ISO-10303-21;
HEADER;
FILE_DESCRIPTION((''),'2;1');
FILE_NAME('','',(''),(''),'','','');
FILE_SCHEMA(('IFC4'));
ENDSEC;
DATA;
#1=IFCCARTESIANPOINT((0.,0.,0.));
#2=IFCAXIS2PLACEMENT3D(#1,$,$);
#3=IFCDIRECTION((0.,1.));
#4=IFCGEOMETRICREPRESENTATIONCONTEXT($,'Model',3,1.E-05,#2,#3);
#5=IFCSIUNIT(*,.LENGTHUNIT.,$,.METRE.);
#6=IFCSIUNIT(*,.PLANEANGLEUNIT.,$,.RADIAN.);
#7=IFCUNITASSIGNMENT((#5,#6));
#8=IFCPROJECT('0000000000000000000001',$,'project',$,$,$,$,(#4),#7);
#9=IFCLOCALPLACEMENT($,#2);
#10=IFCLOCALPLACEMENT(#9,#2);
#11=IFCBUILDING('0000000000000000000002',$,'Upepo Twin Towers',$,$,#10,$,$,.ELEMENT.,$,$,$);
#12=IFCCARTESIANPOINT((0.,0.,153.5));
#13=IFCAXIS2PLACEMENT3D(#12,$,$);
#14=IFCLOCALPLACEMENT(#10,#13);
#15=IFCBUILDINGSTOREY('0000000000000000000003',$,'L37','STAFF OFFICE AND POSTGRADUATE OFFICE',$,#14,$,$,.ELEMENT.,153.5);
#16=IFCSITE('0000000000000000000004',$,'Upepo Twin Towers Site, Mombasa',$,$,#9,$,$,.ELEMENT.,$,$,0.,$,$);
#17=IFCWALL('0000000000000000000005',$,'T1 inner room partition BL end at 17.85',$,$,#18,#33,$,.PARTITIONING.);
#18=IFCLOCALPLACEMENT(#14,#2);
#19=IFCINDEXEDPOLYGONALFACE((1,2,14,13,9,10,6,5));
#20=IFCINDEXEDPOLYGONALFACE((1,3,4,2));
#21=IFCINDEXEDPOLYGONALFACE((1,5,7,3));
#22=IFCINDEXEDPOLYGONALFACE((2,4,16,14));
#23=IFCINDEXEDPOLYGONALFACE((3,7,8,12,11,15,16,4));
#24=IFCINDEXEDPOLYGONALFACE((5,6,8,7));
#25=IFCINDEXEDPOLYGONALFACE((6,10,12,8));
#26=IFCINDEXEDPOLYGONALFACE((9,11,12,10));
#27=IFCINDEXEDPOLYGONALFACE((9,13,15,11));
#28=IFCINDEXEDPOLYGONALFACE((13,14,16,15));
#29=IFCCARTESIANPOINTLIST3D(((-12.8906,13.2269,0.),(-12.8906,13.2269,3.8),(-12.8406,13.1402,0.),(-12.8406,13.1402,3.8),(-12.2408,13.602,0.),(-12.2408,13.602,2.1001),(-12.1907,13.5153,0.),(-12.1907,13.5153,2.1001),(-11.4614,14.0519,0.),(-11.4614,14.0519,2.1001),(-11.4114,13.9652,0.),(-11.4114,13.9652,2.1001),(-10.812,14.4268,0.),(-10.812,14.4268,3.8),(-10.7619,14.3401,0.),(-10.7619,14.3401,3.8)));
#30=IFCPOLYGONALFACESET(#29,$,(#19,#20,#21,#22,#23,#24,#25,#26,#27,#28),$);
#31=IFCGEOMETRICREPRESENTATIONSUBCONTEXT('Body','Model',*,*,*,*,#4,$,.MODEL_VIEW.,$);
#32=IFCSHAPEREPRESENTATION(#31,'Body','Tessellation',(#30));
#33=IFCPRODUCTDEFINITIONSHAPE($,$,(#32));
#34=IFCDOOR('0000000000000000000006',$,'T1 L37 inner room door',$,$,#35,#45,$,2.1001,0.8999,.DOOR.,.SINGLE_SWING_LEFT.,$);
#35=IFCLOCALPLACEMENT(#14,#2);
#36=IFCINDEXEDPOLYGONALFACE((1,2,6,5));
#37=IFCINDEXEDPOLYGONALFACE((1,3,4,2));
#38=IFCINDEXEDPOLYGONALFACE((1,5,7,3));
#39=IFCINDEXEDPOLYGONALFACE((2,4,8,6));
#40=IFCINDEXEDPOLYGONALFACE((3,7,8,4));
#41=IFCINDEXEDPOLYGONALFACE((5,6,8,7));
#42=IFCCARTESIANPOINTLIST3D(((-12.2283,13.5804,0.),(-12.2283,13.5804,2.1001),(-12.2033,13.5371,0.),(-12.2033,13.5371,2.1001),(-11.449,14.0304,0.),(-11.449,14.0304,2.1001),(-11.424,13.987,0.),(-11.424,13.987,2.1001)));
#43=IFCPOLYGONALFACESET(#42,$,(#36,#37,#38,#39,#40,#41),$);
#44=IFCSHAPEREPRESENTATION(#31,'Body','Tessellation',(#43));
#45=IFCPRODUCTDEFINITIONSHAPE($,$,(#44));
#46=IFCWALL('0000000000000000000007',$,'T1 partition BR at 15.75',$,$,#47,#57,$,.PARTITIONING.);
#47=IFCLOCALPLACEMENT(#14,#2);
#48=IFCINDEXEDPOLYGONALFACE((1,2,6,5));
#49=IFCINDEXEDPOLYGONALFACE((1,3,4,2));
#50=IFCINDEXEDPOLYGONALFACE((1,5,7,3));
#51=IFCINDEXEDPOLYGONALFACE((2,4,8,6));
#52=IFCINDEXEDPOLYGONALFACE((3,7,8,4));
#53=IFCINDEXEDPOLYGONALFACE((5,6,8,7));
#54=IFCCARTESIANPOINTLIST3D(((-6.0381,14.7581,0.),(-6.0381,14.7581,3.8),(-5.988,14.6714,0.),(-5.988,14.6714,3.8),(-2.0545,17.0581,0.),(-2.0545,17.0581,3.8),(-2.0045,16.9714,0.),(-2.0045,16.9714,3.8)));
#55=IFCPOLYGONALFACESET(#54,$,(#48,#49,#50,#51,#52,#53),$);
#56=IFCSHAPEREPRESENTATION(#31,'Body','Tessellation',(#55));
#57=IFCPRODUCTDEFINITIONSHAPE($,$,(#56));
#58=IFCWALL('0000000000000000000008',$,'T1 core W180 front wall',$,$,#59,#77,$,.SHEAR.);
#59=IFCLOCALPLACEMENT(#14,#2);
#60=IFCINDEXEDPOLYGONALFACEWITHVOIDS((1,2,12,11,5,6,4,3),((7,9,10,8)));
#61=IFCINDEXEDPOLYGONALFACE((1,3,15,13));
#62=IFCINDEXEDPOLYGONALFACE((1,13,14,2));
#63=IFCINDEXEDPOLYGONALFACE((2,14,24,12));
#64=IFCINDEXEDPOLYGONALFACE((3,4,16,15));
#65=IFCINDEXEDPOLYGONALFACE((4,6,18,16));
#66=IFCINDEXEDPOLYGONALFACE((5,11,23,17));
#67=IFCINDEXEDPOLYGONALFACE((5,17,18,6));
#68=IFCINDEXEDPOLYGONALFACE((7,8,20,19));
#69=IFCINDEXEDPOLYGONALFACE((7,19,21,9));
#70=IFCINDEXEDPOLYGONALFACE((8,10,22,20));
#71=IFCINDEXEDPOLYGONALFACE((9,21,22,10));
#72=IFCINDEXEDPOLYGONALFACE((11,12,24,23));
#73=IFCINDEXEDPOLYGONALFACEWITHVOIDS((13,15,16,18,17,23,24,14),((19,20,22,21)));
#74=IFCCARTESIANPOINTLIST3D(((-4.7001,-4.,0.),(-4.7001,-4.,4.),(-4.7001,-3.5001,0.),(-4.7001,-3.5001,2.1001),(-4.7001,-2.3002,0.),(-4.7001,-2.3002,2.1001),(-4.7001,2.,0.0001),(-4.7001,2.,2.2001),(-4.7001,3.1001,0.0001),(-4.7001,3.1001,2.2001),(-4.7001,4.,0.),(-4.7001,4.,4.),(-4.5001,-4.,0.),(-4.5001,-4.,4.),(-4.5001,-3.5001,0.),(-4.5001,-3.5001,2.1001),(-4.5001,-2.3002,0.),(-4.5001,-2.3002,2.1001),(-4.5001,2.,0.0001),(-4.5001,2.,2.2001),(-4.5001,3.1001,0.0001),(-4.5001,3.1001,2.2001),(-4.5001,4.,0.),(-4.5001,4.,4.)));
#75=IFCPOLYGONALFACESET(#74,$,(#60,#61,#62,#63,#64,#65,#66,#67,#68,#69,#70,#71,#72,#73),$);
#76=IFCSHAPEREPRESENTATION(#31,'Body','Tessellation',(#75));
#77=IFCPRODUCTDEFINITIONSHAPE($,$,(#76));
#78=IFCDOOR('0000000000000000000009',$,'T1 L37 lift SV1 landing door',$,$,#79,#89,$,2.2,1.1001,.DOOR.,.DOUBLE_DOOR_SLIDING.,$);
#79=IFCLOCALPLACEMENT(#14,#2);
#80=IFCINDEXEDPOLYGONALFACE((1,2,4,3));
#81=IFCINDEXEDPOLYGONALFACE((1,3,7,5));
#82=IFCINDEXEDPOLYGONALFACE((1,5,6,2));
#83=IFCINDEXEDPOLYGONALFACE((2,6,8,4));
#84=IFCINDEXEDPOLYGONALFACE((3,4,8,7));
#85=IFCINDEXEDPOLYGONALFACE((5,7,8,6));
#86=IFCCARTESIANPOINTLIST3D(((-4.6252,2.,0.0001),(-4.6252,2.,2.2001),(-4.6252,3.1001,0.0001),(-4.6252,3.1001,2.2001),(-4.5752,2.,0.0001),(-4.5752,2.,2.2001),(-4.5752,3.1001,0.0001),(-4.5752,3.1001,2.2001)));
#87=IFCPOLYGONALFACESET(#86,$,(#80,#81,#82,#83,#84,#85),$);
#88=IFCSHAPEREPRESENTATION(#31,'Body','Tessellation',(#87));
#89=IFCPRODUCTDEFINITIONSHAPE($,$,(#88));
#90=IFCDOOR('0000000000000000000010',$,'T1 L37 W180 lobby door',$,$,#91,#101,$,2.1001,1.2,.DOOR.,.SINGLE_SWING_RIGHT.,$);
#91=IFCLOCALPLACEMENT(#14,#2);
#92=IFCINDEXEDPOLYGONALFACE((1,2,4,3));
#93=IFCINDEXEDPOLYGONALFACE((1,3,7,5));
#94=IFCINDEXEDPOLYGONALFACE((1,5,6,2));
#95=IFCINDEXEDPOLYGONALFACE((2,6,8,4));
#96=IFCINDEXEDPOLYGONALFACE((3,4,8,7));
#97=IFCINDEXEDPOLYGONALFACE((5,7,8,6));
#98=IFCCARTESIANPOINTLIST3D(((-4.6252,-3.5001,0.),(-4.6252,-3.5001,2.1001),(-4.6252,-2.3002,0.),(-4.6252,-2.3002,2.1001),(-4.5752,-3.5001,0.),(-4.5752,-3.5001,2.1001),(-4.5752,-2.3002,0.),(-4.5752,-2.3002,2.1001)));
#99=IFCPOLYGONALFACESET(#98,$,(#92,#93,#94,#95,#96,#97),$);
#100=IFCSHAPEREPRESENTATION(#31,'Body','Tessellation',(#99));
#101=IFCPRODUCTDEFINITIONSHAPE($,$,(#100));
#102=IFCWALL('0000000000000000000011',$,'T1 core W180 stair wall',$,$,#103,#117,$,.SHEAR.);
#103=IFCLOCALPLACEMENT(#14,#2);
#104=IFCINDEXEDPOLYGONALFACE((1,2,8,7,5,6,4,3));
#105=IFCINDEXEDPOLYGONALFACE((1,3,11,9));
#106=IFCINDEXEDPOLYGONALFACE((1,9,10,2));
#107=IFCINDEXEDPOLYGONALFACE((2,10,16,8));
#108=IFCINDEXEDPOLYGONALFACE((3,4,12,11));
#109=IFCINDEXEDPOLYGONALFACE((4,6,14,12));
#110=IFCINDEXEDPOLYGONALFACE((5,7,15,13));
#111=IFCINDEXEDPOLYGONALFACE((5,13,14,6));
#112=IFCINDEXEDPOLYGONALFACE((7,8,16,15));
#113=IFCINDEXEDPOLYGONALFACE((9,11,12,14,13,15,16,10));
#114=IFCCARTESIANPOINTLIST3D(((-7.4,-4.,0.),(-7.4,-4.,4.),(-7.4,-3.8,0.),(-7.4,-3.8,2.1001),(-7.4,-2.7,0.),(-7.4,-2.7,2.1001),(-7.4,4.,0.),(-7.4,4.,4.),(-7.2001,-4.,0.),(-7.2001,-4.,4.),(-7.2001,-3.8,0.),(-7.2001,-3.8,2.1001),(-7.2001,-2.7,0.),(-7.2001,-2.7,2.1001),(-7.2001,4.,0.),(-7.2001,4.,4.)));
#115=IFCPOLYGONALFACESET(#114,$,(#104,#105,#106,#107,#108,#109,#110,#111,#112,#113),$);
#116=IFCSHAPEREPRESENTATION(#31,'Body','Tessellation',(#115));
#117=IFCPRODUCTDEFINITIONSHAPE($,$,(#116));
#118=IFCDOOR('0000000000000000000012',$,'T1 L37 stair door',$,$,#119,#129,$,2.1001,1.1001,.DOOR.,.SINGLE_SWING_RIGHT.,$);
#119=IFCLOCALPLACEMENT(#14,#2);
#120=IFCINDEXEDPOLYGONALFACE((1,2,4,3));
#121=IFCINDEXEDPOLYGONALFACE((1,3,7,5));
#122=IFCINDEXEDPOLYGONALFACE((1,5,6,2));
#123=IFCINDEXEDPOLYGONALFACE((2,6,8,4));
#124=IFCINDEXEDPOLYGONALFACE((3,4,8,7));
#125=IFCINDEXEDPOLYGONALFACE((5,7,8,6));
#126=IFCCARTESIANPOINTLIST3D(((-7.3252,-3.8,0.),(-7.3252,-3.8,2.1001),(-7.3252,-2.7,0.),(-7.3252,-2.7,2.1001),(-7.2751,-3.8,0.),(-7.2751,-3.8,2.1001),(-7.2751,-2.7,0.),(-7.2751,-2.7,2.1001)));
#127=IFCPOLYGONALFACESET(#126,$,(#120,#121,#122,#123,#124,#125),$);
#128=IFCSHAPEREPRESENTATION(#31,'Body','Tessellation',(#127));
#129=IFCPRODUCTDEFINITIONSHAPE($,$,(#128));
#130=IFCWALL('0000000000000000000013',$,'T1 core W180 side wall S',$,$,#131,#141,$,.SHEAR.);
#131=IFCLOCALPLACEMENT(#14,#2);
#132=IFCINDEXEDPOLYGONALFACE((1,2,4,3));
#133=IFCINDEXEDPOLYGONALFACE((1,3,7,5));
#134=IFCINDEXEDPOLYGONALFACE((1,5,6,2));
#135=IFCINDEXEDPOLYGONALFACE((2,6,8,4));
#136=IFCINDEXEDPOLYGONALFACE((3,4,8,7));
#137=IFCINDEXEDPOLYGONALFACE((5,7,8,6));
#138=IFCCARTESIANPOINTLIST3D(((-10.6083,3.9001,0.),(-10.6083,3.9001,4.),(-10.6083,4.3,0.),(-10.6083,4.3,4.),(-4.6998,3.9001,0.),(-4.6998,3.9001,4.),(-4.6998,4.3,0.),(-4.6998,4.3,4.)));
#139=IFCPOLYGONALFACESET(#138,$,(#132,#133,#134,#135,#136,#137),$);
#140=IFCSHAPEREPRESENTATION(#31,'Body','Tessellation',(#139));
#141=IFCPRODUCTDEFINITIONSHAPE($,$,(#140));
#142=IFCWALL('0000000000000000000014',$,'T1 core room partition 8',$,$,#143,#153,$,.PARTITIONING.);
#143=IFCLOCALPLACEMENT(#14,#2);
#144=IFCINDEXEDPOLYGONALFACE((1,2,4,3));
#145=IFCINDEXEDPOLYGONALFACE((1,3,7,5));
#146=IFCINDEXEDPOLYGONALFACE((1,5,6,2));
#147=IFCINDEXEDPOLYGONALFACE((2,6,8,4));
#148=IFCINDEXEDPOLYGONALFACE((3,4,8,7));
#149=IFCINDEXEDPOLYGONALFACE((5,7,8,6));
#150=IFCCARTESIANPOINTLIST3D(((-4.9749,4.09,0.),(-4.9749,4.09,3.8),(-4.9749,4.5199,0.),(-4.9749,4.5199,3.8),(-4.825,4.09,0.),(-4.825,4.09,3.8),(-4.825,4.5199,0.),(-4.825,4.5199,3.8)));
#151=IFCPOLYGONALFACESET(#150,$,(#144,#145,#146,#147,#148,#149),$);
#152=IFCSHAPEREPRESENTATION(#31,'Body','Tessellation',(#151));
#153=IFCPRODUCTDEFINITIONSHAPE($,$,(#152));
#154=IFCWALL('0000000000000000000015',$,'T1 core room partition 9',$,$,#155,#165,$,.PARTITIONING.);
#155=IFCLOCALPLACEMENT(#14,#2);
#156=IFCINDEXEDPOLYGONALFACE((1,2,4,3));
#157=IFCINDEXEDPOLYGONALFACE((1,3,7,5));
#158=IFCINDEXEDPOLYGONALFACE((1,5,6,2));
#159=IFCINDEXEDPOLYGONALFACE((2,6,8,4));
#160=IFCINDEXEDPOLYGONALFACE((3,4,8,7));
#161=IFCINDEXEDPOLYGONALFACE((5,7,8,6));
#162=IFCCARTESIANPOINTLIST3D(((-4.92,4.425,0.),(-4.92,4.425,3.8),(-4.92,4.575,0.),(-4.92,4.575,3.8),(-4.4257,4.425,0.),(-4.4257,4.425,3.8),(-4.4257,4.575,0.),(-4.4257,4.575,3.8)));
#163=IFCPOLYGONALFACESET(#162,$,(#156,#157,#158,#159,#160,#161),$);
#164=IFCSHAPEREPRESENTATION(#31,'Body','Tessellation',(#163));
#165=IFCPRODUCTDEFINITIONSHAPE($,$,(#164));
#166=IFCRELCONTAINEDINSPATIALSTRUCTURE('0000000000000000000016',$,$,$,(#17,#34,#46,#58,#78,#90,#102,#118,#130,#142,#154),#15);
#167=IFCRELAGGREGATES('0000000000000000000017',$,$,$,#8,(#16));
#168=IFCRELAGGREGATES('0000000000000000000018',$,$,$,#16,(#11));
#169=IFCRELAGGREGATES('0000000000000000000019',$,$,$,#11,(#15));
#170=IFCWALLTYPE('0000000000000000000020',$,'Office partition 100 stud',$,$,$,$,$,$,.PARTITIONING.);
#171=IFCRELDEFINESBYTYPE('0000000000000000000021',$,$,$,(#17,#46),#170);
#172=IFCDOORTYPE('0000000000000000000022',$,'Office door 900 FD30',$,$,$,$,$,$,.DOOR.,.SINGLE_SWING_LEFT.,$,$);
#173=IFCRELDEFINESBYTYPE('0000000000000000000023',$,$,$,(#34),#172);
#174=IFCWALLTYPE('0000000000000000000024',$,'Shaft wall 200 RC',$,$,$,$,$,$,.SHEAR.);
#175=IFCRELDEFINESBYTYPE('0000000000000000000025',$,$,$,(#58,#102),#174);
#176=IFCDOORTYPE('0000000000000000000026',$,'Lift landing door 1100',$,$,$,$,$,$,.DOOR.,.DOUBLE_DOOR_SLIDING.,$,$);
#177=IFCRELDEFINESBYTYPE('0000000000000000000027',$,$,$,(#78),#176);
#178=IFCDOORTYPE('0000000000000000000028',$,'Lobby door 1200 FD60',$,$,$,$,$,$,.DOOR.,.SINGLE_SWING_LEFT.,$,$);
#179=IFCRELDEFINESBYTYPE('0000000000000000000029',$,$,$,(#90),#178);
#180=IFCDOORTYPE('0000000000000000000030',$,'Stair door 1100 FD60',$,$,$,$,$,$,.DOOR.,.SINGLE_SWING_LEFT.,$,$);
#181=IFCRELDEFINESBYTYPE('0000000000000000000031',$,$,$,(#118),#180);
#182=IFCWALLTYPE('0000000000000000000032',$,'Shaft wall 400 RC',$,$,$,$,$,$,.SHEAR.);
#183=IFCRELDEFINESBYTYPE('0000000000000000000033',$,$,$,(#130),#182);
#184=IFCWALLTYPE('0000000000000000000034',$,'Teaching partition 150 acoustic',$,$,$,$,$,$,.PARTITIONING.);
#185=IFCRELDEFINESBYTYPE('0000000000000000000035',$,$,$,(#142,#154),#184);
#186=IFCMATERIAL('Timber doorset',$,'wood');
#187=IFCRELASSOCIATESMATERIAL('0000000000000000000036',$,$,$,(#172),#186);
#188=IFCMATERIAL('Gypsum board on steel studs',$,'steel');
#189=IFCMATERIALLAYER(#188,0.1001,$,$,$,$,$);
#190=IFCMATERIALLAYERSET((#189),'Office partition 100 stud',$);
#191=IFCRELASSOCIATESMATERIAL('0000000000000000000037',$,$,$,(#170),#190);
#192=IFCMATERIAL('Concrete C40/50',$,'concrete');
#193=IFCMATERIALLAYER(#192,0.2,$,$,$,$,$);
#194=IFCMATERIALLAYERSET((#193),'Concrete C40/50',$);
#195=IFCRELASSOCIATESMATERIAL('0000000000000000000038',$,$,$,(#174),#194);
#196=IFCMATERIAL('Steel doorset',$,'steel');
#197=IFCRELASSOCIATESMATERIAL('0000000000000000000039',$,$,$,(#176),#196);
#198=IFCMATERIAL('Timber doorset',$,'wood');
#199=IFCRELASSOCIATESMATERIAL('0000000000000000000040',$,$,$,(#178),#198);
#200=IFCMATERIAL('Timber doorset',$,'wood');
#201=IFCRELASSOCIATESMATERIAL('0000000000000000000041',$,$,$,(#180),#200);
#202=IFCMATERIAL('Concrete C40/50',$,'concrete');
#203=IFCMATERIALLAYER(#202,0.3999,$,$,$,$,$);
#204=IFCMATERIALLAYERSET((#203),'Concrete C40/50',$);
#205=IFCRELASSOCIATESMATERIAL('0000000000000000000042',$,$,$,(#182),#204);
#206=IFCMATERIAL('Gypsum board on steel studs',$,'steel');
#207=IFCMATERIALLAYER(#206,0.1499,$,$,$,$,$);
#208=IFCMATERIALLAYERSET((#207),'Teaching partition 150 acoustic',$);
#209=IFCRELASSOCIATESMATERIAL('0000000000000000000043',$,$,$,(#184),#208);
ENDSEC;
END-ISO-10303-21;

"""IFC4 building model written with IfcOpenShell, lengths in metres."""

from ifc_helpers import new_model, si_unit, direction, frame, frame_2d, origin, place, context, subcontext, project, spatial, rectangle, extrude, material, layer, layer_set, type_object, element, fill, save


model = new_model("IFC4")

# Units and contexts
model_context = context("Model", 3, precision=1e-05, world=origin(), true_north=direction((0.0, 1.0)))
body_context = subcontext(model_context, "Body", "Model", "MODEL_VIEW")
ifc_project = project(units=[si_unit("LENGTHUNIT", "METRE"), si_unit("PLANEANGLEUNIT", "RADIAN")], contexts=[model_context])

# Site, building, storey
site_placement = place(None, origin())
site = spatial("IfcSite", under=ifc_project, at=site_placement, Name="Upepo Twin Towers Site, Mombasa", CompositionType="ELEMENT", RefElevation=0.0)
building_placement = place(site_placement, origin())
building = spatial("IfcBuilding", under=site, at=building_placement, Name="Upepo Twin Towers", CompositionType="ELEMENT")
storey_placement = place(building_placement, frame((0.0, 0.0, 153.5)))
storey = spatial("IfcBuildingStorey", under=building, at=storey_placement, Name="L37", Description="STAFF OFFICE AND POSTGRADUATE OFFICE", CompositionType="ELEMENT", Elevation=153.5)

# Shared definitions
ifc_material_1 = material(Name="Timber doorset", Category="wood")
door_type_1 = type_object("IfcDoorType", Name="Office door 900 FD30", OperationType="SINGLE_SWING_LEFT", PredefinedType="DOOR", material=ifc_material_1)

# Shared definitions
ifc_material_2 = material(Name="Gypsum board on steel studs", Category="steel")
ifc_layer_1 = layer(ifc_material_2, 0.1001)
ifc_layer_set_1 = layer_set([ifc_layer_1], Name="Office partition 100 stud")
wall_type_1 = type_object("IfcWallType", Name="Office partition 100 stud", PredefinedType="PARTITIONING", material=ifc_layer_set_1)

# Wall, opening, door
wall_1_placement = place(storey_placement, frame((-10.7869, 14.3835, 0.0), z_axis=(0.0, 0.0, 1.0), x_axis=(-0.86605, -0.499957, 0.0)))
wall_1 = element("IfcWall", 1, at=wall_1_placement, inside=storey, type_object=wall_type_1, Name="T1 inner room partition BL end at 17.85", PredefinedType="PARTITIONING", context=body_context, shape_type="SweptSolid", body=[
    extrude(rectangle(XDim=2.4001, YDim=0.1001, at=frame_2d((1.2002, 0.0))), origin(), (0.0, 0.0, 1.0), 3.8),
])
opening_1_placement = place(wall_1_placement, frame((0.75, 0.0, 0.0)))
opening_1 = element("IfcOpeningElement", 2, at=opening_1_placement, cuts=wall_1, PredefinedType="OPENING", context=body_context, shape_type="SweptSolid", body=[
    extrude(rectangle(XDim=0.8999, YDim=2.1001, at=frame_2d((0.45, 1.05))), frame((0.0, 0.0601, 0.0), z_axis=(0.0, -1.0, 0.0), x_axis=(1.0, 0.0, 0.0)), (0.0, 0.0, 1.0), 0.1201),
])
door_1_placement = place(opening_1_placement, origin())
door_1 = element("IfcDoor", 3, at=door_1_placement, inside=storey, type_object=door_type_1, Name="T1 L37 inner room door", OperationType="SINGLE_SWING_LEFT", OverallHeight=2.1001, OverallWidth=0.8999, PredefinedType="DOOR", context=body_context, shape_type="SweptSolid", body=[
    extrude(rectangle(XDim=0.8999, YDim=2.1001, at=frame_2d((0.45, 1.05))), frame((0.0, 0.0249, 0.0), z_axis=(0.0, -1.0, 0.0), x_axis=(1.0, 0.0, 0.0)), (0.0, 0.0, 1.0), 0.05),
])
fill(opening_1, door_1)

# Wall
wall_2_placement = place(storey_placement, frame((-6.0129, 14.7148, 0.0), z_axis=(0.0, 0.0, 1.0), x_axis=(0.866017, 0.500015, 0.0)))
element("IfcWall", 4, at=wall_2_placement, inside=storey, type_object=wall_type_1, Name="T1 partition BR at 15.75", PredefinedType="PARTITIONING", context=body_context, shape_type="SweptSolid", body=[
    extrude(rectangle(XDim=4.5999, YDim=0.1001, at=frame_2d((2.2998, 0.0))), origin(), (0.0, 0.0, 1.0), 3.8),
])

# Wall, openings, doors
ifc_material_3 = material(Name="Concrete C40/50", Category="concrete")
ifc_layer_2 = layer(ifc_material_3, 0.2)
ifc_layer_set_2 = layer_set([ifc_layer_2], Name="Concrete C40/50")
wall_type_2 = type_object("IfcWallType", Name="Shaft wall 200 RC", PredefinedType="SHEAR", material=ifc_layer_set_2)
wall_3_placement = place(storey_placement, frame((-4.6001, 4.0, 0.0), z_axis=(0.0, 0.0, 1.0), x_axis=(0.0, -1.0, 0.0)))
wall_3 = element("IfcWall", 5, at=wall_3_placement, inside=storey, type_object=wall_type_2, Name="T1 core W180 front wall", PredefinedType="SHEAR", context=body_context, shape_type="SweptSolid", body=[
    extrude(rectangle(XDim=8.0, YDim=0.2, at=frame_2d((4.0, 0.0))), origin(), (0.0, 0.0, 1.0), 4.0),
])
opening_2_placement = place(wall_3_placement, frame((6.3, 0.0, 0.0)))
opening_2 = element("IfcOpeningElement", 6, at=opening_2_placement, cuts=wall_3, PredefinedType="OPENING", context=body_context, shape_type="SweptSolid", body=[
    extrude(rectangle(XDim=1.2, YDim=2.1001, at=frame_2d((0.6001, 1.05))), frame((0.0, 0.1099, 0.0), z_axis=(0.0, -1.0, 0.0), x_axis=(1.0, 0.0, 0.0)), (0.0, 0.0, 1.0), 0.22),
])
opening_3_placement = place(wall_3_placement, frame((0.8999, 0.0, 0.0)))
opening_3 = element("IfcOpeningElement", 7, at=opening_3_placement, cuts=wall_3, PredefinedType="OPENING", context=body_context, shape_type="SweptSolid", body=[
    extrude(rectangle(XDim=1.1001, YDim=2.2, at=frame_2d((0.55, 1.1001))), frame((0.0, 0.1099, 0.0), z_axis=(0.0, -1.0, 0.0), x_axis=(1.0, 0.0, 0.0)), (0.0, 0.0, 1.0), 0.22),
])
ifc_material_4 = material(Name="Steel doorset", Category="steel")
door_type_2 = type_object("IfcDoorType", Name="Lift landing door 1100", OperationType="DOUBLE_DOOR_SLIDING", PredefinedType="DOOR", material=ifc_material_4)
door_2_placement = place(opening_3_placement, origin())
door_2 = element("IfcDoor", 8, at=door_2_placement, inside=storey, type_object=door_type_2, Name="T1 L37 lift SV1 landing door", OperationType="DOUBLE_DOOR_SLIDING", OverallHeight=2.2, OverallWidth=1.1001, PredefinedType="DOOR", context=body_context, shape_type="SweptSolid", body=[
    extrude(rectangle(XDim=1.1001, YDim=2.2, at=frame_2d((0.55, 1.1001))), frame((0.0, 0.0249, 0.0), z_axis=(0.0, -1.0, 0.0), x_axis=(1.0, 0.0, 0.0)), (0.0, 0.0, 1.0), 0.05),
])
fill(opening_3, door_2)
ifc_material_5 = material(Name="Timber doorset", Category="wood")
door_type_3 = type_object("IfcDoorType", Name="Lobby door 1200 FD60", OperationType="SINGLE_SWING_LEFT", PredefinedType="DOOR", material=ifc_material_5)
door_3_placement = place(opening_2_placement, origin())
door_3 = element("IfcDoor", 9, at=door_3_placement, inside=storey, type_object=door_type_3, Name="T1 L37 W180 lobby door", OperationType="SINGLE_SWING_RIGHT", OverallHeight=2.1001, OverallWidth=1.2, PredefinedType="DOOR", context=body_context, shape_type="SweptSolid", body=[
    extrude(rectangle(XDim=1.2, YDim=2.1001, at=frame_2d((0.6001, 1.05))), frame((0.0, 0.0249, 0.0), z_axis=(0.0, -1.0, 0.0), x_axis=(1.0, 0.0, 0.0)), (0.0, 0.0, 1.0), 0.05),
])
fill(opening_2, door_3)

# Wall, opening, door
wall_4_placement = place(storey_placement, frame((-7.3, 4.0, 0.0), z_axis=(0.0, 0.0, 1.0), x_axis=(0.0, -1.0, 0.0)))
wall_4 = element("IfcWall", 10, at=wall_4_placement, inside=storey, type_object=wall_type_2, Name="T1 core W180 stair wall", PredefinedType="SHEAR", context=body_context, shape_type="SweptSolid", body=[
    extrude(rectangle(XDim=8.0, YDim=0.2, at=frame_2d((4.0, 0.0))), origin(), (0.0, 0.0, 1.0), 4.0),
])
opening_4_placement = place(wall_4_placement, frame((6.7, 0.0, 0.0)))
opening_4 = element("IfcOpeningElement", 11, at=opening_4_placement, cuts=wall_4, PredefinedType="OPENING", context=body_context, shape_type="SweptSolid", body=[
    extrude(rectangle(XDim=1.1001, YDim=2.1001, at=frame_2d((0.55, 1.05))), frame((0.0, 0.1099, 0.0), z_axis=(0.0, -1.0, 0.0), x_axis=(1.0, 0.0, 0.0)), (0.0, 0.0, 1.0), 0.22),
])
ifc_material_6 = material(Name="Timber doorset", Category="wood")
door_type_4 = type_object("IfcDoorType", Name="Stair door 1100 FD60", OperationType="SINGLE_SWING_LEFT", PredefinedType="DOOR", material=ifc_material_6)
door_4_placement = place(opening_4_placement, origin())
door_4 = element("IfcDoor", 12, at=door_4_placement, inside=storey, type_object=door_type_4, Name="T1 L37 stair door", OperationType="SINGLE_SWING_RIGHT", OverallHeight=2.1001, OverallWidth=1.1001, PredefinedType="DOOR", context=body_context, shape_type="SweptSolid", body=[
    extrude(rectangle(XDim=1.1001, YDim=2.1001, at=frame_2d((0.55, 1.05))), frame((0.0, 0.0249, 0.0), z_axis=(0.0, -1.0, 0.0), x_axis=(1.0, 0.0, 0.0)), (0.0, 0.0, 1.0), 0.05),
])
fill(opening_4, door_4)

# Walls
ifc_material_7 = material(Name="Concrete C40/50", Category="concrete")
ifc_layer_3 = layer(ifc_material_7, 0.3999)
ifc_layer_set_3 = layer_set([ifc_layer_3], Name="Concrete C40/50")
wall_type_3 = type_object("IfcWallType", Name="Shaft wall 400 RC", PredefinedType="SHEAR", material=ifc_layer_set_3)
wall_5_placement = place(storey_placement, frame((-4.7, 4.1001, 0.0), z_axis=(0.0, 0.0, 1.0), x_axis=(-1.0, 0.0, 0.0)))
element("IfcWall", 13, at=wall_5_placement, inside=storey, type_object=wall_type_3, Name="T1 core W180 side wall S", PredefinedType="SHEAR", context=body_context, shape_type="SweptSolid", body=[
    extrude(rectangle(XDim=5.9084, YDim=0.3999, at=frame_2d((2.9541, 0.0))), origin(), (0.0, 0.0, 1.0), 4.0),
])
ifc_material_8 = material(Name="Gypsum board on steel studs", Category="steel")
ifc_layer_4 = layer(ifc_material_8, 0.1499)
ifc_layer_set_4 = layer_set([ifc_layer_4], Name="Teaching partition 150 acoustic")
wall_type_4 = type_object("IfcWallType", Name="Teaching partition 150 acoustic", PredefinedType="PARTITIONING", material=ifc_layer_set_4)
wall_6_placement = place(storey_placement, frame((-4.8999, 4.0901, 0.0), z_axis=(0.0, 0.0, 1.0), x_axis=(0.0, 1.0, 0.0)))
element("IfcWall", 14, at=wall_6_placement, inside=storey, type_object=wall_type_4, Name="T1 core room partition 8", PredefinedType="PARTITIONING", context=body_context, shape_type="SweptSolid", body=[
    extrude(rectangle(XDim=0.4299, YDim=0.1499, at=frame_2d((0.2148, 0.0))), origin(), (0.0, 0.0, 1.0), 3.8),
])
wall_7_placement = place(storey_placement, frame((-4.9199, 4.5, 0.0), z_axis=(0.0, 0.0, 1.0), x_axis=(1.0, 0.0, 0.0)))
element("IfcWall", 15, at=wall_7_placement, inside=storey, type_object=wall_type_4, Name="T1 core room partition 9", PredefinedType="PARTITIONING", context=body_context, shape_type="SweptSolid", body=[
    extrude(rectangle(XDim=0.4944, YDim=0.1499, at=frame_2d((0.2471, 0.0))), origin(), (0.0, 0.0, 1.0), 3.8),
])

save(model, "model.ifc")
